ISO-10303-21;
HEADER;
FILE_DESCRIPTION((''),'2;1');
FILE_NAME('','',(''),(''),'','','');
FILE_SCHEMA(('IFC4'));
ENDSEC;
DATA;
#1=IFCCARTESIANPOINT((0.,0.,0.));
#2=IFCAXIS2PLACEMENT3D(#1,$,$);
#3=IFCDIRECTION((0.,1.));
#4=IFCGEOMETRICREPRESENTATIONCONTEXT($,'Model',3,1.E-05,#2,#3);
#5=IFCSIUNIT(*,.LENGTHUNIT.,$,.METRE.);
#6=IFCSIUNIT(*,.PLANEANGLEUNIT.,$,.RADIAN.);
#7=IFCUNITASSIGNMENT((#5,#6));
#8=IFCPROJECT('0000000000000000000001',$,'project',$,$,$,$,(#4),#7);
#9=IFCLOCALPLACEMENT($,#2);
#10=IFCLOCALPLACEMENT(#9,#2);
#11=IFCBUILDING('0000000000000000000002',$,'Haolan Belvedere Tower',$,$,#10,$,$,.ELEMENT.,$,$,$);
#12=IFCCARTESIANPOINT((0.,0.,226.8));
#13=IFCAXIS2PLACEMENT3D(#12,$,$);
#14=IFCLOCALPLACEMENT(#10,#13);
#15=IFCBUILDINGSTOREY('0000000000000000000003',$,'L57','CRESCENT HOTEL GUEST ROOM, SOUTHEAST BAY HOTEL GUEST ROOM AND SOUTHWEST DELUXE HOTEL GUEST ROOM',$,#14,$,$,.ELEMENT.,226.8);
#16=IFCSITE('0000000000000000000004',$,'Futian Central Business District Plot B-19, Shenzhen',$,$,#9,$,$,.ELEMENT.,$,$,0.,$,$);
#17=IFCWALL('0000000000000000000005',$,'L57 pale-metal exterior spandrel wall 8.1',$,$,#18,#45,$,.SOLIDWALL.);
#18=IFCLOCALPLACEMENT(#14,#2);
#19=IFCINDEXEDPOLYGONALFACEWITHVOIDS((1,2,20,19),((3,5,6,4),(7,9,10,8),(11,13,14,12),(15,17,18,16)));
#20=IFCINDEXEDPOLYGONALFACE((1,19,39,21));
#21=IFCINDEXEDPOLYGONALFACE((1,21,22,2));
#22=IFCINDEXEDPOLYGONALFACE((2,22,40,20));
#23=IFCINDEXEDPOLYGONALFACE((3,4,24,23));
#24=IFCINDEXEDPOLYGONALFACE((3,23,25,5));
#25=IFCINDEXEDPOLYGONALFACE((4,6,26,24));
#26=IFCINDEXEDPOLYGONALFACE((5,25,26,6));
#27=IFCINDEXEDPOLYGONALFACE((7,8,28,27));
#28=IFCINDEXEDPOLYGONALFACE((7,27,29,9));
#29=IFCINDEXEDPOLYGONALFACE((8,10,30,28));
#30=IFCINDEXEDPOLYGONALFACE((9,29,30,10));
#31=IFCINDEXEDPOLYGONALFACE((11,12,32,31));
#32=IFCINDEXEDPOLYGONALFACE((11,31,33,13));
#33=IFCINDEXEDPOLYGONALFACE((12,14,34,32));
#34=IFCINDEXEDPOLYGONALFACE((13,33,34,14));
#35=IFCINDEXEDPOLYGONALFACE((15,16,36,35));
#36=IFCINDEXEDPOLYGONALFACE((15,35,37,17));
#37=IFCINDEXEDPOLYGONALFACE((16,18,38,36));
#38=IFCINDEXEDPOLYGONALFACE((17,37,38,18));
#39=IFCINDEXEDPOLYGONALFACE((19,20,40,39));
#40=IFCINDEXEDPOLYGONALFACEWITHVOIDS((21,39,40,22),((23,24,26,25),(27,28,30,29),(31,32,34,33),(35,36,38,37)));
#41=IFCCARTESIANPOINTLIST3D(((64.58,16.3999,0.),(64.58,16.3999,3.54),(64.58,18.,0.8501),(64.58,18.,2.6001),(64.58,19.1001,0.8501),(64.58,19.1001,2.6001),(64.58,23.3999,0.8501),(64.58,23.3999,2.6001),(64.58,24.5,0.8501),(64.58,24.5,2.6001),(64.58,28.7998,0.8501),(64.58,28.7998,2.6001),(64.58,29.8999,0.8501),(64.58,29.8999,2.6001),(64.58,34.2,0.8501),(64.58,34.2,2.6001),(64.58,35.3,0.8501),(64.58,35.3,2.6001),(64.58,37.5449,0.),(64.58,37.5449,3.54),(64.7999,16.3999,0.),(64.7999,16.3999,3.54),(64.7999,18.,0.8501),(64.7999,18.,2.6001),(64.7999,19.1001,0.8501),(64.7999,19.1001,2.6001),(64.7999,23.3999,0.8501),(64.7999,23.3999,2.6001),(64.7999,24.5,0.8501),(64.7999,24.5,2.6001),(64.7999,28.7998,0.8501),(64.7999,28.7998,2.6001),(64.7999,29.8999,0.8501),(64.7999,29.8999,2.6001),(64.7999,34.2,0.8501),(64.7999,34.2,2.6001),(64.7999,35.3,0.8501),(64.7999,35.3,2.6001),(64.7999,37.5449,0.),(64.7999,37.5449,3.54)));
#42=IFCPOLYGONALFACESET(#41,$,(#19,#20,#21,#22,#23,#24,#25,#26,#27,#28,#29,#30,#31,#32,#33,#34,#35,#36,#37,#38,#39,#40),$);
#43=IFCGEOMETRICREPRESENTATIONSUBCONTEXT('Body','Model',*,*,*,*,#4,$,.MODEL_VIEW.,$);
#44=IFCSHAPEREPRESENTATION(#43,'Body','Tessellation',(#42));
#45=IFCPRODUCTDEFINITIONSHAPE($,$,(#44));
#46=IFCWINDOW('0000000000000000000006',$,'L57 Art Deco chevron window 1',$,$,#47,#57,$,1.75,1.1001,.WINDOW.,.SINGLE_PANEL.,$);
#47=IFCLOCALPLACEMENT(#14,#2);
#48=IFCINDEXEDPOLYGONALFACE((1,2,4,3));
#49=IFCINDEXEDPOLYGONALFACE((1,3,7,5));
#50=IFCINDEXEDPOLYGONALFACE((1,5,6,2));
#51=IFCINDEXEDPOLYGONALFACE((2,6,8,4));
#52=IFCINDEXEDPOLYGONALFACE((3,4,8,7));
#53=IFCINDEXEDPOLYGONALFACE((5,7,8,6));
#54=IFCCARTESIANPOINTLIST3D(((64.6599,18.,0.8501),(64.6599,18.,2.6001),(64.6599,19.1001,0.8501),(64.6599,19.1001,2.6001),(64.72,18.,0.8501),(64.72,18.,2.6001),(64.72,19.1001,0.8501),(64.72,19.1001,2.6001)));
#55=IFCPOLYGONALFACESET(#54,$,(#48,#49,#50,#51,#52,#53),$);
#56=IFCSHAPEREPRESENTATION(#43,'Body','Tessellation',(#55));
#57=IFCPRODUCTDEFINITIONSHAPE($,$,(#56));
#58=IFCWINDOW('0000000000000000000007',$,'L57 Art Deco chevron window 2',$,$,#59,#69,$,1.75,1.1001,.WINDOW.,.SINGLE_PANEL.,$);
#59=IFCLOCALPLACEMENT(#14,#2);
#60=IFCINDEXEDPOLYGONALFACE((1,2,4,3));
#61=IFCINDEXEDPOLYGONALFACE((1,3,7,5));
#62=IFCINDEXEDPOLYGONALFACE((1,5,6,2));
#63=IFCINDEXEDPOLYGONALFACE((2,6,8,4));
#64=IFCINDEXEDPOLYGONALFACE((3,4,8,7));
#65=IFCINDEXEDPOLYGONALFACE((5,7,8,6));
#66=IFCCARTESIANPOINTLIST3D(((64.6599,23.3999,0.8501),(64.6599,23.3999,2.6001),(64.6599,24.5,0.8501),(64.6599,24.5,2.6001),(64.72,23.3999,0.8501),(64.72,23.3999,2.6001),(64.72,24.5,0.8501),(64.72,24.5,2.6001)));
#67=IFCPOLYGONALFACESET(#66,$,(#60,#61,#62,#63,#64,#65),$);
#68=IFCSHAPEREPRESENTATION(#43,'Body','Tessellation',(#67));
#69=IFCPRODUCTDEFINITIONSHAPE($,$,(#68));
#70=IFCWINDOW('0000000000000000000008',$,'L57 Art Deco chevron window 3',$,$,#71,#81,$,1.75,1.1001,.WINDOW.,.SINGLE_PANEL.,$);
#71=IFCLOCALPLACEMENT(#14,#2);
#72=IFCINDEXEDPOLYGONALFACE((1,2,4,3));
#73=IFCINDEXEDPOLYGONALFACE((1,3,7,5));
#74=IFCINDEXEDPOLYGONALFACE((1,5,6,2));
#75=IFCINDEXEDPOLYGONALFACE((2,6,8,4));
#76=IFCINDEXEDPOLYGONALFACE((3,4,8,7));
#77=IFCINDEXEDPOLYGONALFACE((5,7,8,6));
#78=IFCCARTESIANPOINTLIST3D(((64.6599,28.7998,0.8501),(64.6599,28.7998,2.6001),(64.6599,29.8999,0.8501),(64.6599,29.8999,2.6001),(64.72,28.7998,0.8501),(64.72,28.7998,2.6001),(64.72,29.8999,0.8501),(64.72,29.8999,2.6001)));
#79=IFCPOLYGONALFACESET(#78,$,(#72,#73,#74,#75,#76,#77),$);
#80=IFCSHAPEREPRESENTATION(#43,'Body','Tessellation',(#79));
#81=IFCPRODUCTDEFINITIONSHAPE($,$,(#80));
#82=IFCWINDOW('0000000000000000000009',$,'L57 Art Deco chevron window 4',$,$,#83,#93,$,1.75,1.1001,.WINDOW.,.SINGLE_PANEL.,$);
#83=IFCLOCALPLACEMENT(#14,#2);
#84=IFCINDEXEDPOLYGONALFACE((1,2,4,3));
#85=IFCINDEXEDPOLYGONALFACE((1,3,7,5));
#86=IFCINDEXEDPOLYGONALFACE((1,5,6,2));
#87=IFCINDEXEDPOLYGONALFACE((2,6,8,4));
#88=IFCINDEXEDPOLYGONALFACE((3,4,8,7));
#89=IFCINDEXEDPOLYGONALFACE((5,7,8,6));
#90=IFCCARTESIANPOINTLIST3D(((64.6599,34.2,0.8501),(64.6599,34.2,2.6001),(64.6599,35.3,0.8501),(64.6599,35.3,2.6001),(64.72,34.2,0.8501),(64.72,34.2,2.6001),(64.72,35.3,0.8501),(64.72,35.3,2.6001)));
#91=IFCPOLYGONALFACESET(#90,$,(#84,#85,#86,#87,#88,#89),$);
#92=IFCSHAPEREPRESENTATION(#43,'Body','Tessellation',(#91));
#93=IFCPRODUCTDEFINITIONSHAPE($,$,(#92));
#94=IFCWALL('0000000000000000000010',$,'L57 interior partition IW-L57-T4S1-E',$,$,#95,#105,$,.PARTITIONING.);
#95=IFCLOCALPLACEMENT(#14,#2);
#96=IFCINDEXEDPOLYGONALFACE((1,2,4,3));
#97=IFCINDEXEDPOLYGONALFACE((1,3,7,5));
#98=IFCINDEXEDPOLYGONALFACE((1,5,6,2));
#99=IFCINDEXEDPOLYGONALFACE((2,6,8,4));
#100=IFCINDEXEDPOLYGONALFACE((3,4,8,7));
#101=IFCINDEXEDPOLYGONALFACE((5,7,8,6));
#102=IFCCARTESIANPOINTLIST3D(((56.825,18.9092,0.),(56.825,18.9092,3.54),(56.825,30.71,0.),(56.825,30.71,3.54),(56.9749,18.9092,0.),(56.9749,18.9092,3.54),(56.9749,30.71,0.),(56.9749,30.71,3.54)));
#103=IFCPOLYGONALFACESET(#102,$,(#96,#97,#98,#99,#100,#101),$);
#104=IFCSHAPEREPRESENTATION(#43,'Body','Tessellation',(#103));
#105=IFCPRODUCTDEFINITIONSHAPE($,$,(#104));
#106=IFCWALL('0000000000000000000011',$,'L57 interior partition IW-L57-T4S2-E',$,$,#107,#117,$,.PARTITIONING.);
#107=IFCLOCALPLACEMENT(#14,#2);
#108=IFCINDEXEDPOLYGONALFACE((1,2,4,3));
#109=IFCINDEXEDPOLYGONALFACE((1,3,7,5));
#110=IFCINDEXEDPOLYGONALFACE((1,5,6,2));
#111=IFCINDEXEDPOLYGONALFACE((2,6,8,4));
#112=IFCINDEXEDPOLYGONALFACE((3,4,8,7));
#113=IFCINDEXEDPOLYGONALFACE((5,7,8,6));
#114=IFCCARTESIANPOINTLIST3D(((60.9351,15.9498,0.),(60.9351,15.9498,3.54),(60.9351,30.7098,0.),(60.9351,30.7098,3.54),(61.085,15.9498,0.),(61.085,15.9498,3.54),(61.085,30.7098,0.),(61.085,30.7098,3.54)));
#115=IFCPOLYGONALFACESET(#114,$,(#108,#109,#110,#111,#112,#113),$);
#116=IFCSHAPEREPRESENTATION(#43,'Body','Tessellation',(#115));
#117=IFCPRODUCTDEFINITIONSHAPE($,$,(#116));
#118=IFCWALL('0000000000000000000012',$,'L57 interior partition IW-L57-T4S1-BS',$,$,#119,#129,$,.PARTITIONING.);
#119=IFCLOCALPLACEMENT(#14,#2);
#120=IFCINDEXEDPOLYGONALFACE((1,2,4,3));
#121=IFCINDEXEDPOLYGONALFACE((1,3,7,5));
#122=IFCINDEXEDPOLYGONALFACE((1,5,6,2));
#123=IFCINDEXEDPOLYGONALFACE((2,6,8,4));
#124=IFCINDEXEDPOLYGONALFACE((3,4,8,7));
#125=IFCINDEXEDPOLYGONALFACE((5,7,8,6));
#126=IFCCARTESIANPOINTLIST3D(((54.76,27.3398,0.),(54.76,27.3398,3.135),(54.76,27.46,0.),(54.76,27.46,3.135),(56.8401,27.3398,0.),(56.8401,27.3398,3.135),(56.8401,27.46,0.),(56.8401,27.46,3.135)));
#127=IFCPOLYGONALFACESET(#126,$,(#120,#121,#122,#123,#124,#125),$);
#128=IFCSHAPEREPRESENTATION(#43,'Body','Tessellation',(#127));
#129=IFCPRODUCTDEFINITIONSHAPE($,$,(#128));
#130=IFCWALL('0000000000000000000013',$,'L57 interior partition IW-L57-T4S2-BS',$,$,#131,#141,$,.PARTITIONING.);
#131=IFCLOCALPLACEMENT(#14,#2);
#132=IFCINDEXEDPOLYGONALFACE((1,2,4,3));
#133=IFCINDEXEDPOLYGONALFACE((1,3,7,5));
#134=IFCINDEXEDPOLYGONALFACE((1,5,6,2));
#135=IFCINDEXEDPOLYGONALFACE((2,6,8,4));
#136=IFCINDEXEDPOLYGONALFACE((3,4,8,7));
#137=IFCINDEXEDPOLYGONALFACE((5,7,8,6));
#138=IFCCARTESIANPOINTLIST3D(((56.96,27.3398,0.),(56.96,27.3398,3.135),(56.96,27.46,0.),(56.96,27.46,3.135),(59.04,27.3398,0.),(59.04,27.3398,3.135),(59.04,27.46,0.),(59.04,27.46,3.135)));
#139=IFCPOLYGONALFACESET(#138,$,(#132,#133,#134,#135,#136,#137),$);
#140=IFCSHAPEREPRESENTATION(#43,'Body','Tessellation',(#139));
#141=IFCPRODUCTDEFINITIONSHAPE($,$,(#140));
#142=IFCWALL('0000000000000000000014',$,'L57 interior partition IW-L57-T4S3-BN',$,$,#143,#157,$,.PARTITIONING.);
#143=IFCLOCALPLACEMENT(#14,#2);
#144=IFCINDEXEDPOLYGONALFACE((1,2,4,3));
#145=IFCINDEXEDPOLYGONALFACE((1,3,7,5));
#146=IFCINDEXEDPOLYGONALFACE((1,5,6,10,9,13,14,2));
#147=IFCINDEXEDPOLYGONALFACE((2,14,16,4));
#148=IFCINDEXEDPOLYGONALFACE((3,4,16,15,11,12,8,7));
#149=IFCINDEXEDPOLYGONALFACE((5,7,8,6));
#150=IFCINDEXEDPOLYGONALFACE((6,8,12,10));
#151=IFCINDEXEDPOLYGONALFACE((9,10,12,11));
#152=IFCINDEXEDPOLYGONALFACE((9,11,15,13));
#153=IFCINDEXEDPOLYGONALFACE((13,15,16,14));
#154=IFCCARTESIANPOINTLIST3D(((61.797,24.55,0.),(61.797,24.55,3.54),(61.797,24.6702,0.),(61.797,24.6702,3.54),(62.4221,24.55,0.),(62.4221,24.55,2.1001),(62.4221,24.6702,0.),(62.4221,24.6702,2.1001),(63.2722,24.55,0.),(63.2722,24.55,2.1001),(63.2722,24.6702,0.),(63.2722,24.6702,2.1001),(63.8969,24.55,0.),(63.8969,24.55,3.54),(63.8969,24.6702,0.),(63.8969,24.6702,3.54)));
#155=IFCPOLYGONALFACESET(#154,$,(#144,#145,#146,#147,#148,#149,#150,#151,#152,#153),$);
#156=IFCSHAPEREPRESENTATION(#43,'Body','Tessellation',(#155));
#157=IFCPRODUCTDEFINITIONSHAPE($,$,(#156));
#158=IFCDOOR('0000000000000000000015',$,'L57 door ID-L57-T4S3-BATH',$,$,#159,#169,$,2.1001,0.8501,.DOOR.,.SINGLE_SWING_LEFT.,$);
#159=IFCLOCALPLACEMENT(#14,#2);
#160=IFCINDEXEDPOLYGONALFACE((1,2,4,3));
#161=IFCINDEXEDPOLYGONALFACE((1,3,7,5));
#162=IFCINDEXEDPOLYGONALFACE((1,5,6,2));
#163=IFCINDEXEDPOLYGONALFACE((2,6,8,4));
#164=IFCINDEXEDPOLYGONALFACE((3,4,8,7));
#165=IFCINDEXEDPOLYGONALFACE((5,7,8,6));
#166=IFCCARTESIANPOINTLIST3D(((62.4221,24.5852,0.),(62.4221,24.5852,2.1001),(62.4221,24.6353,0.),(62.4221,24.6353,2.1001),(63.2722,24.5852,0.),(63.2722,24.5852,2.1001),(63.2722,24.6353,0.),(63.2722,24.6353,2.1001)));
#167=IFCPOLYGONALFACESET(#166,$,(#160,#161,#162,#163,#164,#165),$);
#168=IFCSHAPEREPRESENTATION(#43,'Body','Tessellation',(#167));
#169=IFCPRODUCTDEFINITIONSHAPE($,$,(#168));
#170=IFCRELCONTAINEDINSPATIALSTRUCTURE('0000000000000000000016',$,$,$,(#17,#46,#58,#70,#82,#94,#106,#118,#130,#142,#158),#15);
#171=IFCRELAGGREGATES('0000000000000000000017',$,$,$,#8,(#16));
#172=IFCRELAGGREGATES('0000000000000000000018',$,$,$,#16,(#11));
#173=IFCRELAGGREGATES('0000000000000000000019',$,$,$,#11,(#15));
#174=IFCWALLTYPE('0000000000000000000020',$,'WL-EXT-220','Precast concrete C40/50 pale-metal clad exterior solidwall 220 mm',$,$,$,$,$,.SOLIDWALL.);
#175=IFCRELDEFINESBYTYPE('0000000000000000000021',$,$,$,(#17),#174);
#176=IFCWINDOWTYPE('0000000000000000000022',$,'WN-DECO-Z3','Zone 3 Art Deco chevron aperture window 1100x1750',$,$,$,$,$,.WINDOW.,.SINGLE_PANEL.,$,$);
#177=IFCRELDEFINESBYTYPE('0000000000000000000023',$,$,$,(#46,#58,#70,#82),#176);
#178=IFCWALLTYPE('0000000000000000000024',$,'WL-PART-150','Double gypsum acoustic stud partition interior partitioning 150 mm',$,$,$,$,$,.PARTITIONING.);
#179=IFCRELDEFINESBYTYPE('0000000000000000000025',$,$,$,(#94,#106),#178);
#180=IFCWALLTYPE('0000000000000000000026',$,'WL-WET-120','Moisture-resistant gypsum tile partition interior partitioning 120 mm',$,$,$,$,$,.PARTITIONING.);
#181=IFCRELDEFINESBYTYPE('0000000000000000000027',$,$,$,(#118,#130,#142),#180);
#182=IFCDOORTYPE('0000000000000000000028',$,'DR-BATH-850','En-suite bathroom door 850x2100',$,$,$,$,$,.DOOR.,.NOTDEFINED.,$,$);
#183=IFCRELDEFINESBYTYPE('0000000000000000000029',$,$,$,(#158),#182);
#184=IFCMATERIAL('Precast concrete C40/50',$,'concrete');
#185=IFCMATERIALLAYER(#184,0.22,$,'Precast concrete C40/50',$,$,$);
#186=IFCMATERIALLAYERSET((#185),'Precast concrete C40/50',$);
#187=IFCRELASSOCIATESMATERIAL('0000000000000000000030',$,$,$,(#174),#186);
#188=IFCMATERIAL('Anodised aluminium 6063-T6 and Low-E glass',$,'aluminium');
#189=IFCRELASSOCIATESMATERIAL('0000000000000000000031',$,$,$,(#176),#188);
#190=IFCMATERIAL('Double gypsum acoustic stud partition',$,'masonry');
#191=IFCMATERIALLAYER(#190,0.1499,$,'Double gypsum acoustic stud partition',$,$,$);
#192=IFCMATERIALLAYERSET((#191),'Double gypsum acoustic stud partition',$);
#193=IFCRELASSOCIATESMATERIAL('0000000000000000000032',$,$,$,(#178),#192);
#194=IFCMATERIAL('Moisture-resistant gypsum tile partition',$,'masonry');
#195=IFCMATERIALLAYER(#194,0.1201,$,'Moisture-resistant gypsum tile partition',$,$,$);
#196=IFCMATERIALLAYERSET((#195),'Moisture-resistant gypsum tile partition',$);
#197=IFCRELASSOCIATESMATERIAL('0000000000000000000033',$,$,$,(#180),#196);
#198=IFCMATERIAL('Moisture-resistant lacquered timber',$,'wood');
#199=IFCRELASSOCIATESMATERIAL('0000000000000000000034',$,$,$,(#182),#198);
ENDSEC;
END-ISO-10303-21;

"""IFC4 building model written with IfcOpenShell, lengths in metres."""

from ifc_helpers import new_model, si_unit, direction, frame, frame_2d, origin, place, context, subcontext, project, spatial, rectangle, extrude, material, layer, layer_set, type_object, element, fill, save


model = new_model("IFC4")

# Units and contexts
model_context = context("Model", 3, precision=1e-05, world=origin(), true_north=direction((0.0, 1.0)))
body_context = subcontext(model_context, "Body", "Model", "MODEL_VIEW")
ifc_project = project(units=[si_unit("LENGTHUNIT", "METRE"), si_unit("PLANEANGLEUNIT", "RADIAN")], contexts=[model_context])

# Site, building, storey
site_placement = place(None, origin())
site = spatial("IfcSite", under=ifc_project, at=site_placement, Name="Futian Central Business District Plot B-19, Shenzhen", CompositionType="ELEMENT", RefElevation=0.0)
building_placement = place(site_placement, origin())
building = spatial("IfcBuilding", under=site, at=building_placement, Name="Haolan Belvedere Tower", CompositionType="ELEMENT")
storey_placement = place(building_placement, frame((0.0, 0.0, 226.8)))
storey = spatial("IfcBuildingStorey", under=building, at=storey_placement, Name="L57", Description="CRESCENT HOTEL GUEST ROOM, SOUTHEAST BAY HOTEL GUEST ROOM AND SOUTHWEST DELUXE HOTEL GUEST ROOM", CompositionType="ELEMENT", Elevation=226.8)

# Shared definitions
ifc_material_1 = material(Name="Precast concrete C40/50", Category="concrete")
ifc_layer_1 = layer(ifc_material_1, 0.22, Name="Precast concrete C40/50")
ifc_layer_set_1 = layer_set([ifc_layer_1], Name="Precast concrete C40/50")
wall_type_1 = type_object("IfcWallType", Name="WL-EXT-220", Description="Precast concrete C40/50 pale-metal clad exterior solidwall 220 mm", PredefinedType="SOLIDWALL", material=ifc_layer_set_1)
ifc_material_2 = material(Name="Anodised aluminium 6063-T6 and Low-E glass", Category="aluminium")
window_type = type_object("IfcWindowType", Name="WN-DECO-Z3", Description="Zone 3 Art Deco chevron aperture window 1100x1750", PartitioningType="SINGLE_PANEL", PredefinedType="WINDOW", material=ifc_material_2)

# Wall, openings, windows
wall_1_placement = place(storey_placement, frame((64.6899, 16.3999, 0.0), z_axis=(0.0, 0.0, 1.0), x_axis=(0.0, 1.0, 0.0)))
wall_1 = element("IfcWall", 1, at=wall_1_placement, inside=storey, type_object=wall_type_1, Name="L57 pale-metal exterior spandrel wall 8.1", PredefinedType="SOLIDWALL", context=body_context, shape_type="SweptSolid", body=[
    extrude(rectangle(XDim=21.145, YDim=0.22, at=frame_2d((10.5725, 0.0))), origin(), (0.0, 0.0, 1.0), 3.54),
])
opening_1_placement = place(wall_1_placement, frame((1.6001, 0.0, 0.8501)))
opening_1 = element("IfcOpeningElement", 2, at=opening_1_placement, cuts=wall_1, PredefinedType="OPENING", context=body_context, shape_type="SweptSolid", body=[
    extrude(rectangle(XDim=1.1001, YDim=1.75, at=frame_2d((0.55, 0.875))), frame((0.0, 0.1199, 0.0), z_axis=(0.0, -1.0, 0.0), x_axis=(1.0, 0.0, 0.0)), (0.0, 0.0, 1.0), 0.24),
])
opening_2_placement = place(wall_1_placement, frame((7.0, 0.0, 0.8501)))
opening_2 = element("IfcOpeningElement", 3, at=opening_2_placement, cuts=wall_1, PredefinedType="OPENING", context=body_context, shape_type="SweptSolid", body=[
    extrude(rectangle(XDim=1.1001, YDim=1.75, at=frame_2d((0.55, 0.875))), frame((0.0, 0.1199, 0.0), z_axis=(0.0, -1.0, 0.0), x_axis=(1.0, 0.0, 0.0)), (0.0, 0.0, 1.0), 0.24),
])
opening_3_placement = place(wall_1_placement, frame((12.3999, 0.0, 0.8501)))
opening_3 = element("IfcOpeningElement", 4, at=opening_3_placement, cuts=wall_1, PredefinedType="OPENING", context=body_context, shape_type="SweptSolid", body=[
    extrude(rectangle(XDim=1.1001, YDim=1.75, at=frame_2d((0.55, 0.875))), frame((0.0, 0.1199, 0.0), z_axis=(0.0, -1.0, 0.0), x_axis=(1.0, 0.0, 0.0)), (0.0, 0.0, 1.0), 0.24),
])
opening_4_placement = place(wall_1_placement, frame((17.8, 0.0, 0.8501)))
opening_4 = element("IfcOpeningElement", 5, at=opening_4_placement, cuts=wall_1, PredefinedType="OPENING", context=body_context, shape_type="SweptSolid", body=[
    extrude(rectangle(XDim=1.1001, YDim=1.75, at=frame_2d((0.55, 0.875))), frame((0.0, 0.1199, 0.0), z_axis=(0.0, -1.0, 0.0), x_axis=(1.0, 0.0, 0.0)), (0.0, 0.0, 1.0), 0.24),
])
window_1_placement = place(opening_1_placement, origin())
window_1 = element("IfcWindow", 6, at=window_1_placement, inside=storey, type_object=window_type, Name="L57 Art Deco chevron window 1", OverallHeight=1.75, OverallWidth=1.1001, PartitioningType="SINGLE_PANEL", PredefinedType="WINDOW", context=body_context, shape_type="SweptSolid", body=[
    extrude(rectangle(XDim=1.1001, YDim=1.75, at=frame_2d((0.55, 0.875))), frame((0.0, 0.03, 0.0), z_axis=(0.0, -1.0, 0.0), x_axis=(1.0, 0.0, 0.0)), (0.0, 0.0, 1.0), 0.0601),
])
fill(opening_1, window_1)
window_2_placement = place(opening_2_placement, origin())
window_2 = element("IfcWindow", 7, at=window_2_placement, inside=storey, type_object=window_type, Name="L57 Art Deco chevron window 2", OverallHeight=1.75, OverallWidth=1.1001, PartitioningType="SINGLE_PANEL", PredefinedType="WINDOW", context=body_context, shape_type="SweptSolid", body=[
    extrude(rectangle(XDim=1.1001, YDim=1.75, at=frame_2d((0.55, 0.875))), frame((0.0, 0.03, 0.0), z_axis=(0.0, -1.0, 0.0), x_axis=(1.0, 0.0, 0.0)), (0.0, 0.0, 1.0), 0.0601),
])
fill(opening_2, window_2)
window_3_placement = place(opening_3_placement, origin())
window_3 = element("IfcWindow", 8, at=window_3_placement, inside=storey, type_object=window_type, Name="L57 Art Deco chevron window 3", OverallHeight=1.75, OverallWidth=1.1001, PartitioningType="SINGLE_PANEL", PredefinedType="WINDOW", context=body_context, shape_type="SweptSolid", body=[
    extrude(rectangle(XDim=1.1001, YDim=1.75, at=frame_2d((0.55, 0.875))), frame((0.0, 0.03, 0.0), z_axis=(0.0, -1.0, 0.0), x_axis=(1.0, 0.0, 0.0)), (0.0, 0.0, 1.0), 0.0601),
])
fill(opening_3, window_3)
window_4_placement = place(opening_4_placement, origin())
window_4 = element("IfcWindow", 9, at=window_4_placement, inside=storey, type_object=window_type, Name="L57 Art Deco chevron window 4", OverallHeight=1.75, OverallWidth=1.1001, PartitioningType="SINGLE_PANEL", PredefinedType="WINDOW", context=body_context, shape_type="SweptSolid", body=[
    extrude(rectangle(XDim=1.1001, YDim=1.75, at=frame_2d((0.55, 0.875))), frame((0.0, 0.03, 0.0), z_axis=(0.0, -1.0, 0.0), x_axis=(1.0, 0.0, 0.0)), (0.0, 0.0, 1.0), 0.0601),
])
fill(opening_4, window_4)

# Walls
ifc_material_3 = material(Name="Double gypsum acoustic stud partition", Category="masonry")
ifc_layer_2 = layer(ifc_material_3, 0.1499, Name="Double gypsum acoustic stud partition")
ifc_layer_set_2 = layer_set([ifc_layer_2], Name="Double gypsum acoustic stud partition")
wall_type_2 = type_object("IfcWallType", Name="WL-PART-150", Description="Double gypsum acoustic stud partition interior partitioning 150 mm", PredefinedType="PARTITIONING", material=ifc_layer_set_2)
wall_2_placement = place(storey_placement, frame((56.8999, 18.9092, 0.0), z_axis=(0.0, 0.0, 1.0), x_axis=(0.0, 1.0, 0.0)))
element("IfcWall", 10, at=wall_2_placement, inside=storey, type_object=wall_type_2, Name="L57 interior partition IW-L57-T4S1-E", PredefinedType="PARTITIONING", context=body_context, shape_type="SweptSolid", body=[
    extrude(rectangle(XDim=11.8008, YDim=0.1499, at=frame_2d((5.9004, 0.0))), origin(), (0.0, 0.0, 1.0), 3.54),
])
wall_3_placement = place(storey_placement, frame((61.01, 15.95, 0.0), z_axis=(0.0, 0.0, 1.0), x_axis=(0.0, 1.0, 0.0)))
element("IfcWall", 11, at=wall_3_placement, inside=storey, type_object=wall_type_2, Name="L57 interior partition IW-L57-T4S2-E", PredefinedType="PARTITIONING", context=body_context, shape_type="SweptSolid", body=[
    extrude(rectangle(XDim=14.76, YDim=0.1499, at=frame_2d((7.3799, 0.0))), origin(), (0.0, 0.0, 1.0), 3.54),
])
ifc_material_4 = material(Name="Moisture-resistant gypsum tile partition", Category="masonry")
ifc_layer_3 = layer(ifc_material_4, 0.1201, Name="Moisture-resistant gypsum tile partition")
ifc_layer_set_3 = layer_set([ifc_layer_3], Name="Moisture-resistant gypsum tile partition")
wall_type_3 = type_object("IfcWallType", Name="WL-WET-120", Description="Moisture-resistant gypsum tile partition interior partitioning 120 mm", PredefinedType="PARTITIONING", material=ifc_layer_set_3)
for number, where, z_axis, x_axis, name in (
    (12, (54.76, 27.3999, 0.0), (0.0, 0.0, 1.0), (1.0, 0.0, 0.0), "L57 interior partition IW-L57-T4S1-BS"),
    (13, (56.96, 27.3999, 0.0), (0.0, 0.0, 1.0), (1.0, 0.0, 0.0), "L57 interior partition IW-L57-T4S2-BS"),
):
    element("IfcWall", number, at=place(storey_placement, frame(where, z_axis=z_axis, x_axis=x_axis)), inside=storey, type_object=wall_type_3, Name=name, PredefinedType="PARTITIONING", context=body_context, shape_type="SweptSolid", body=[
        extrude(rectangle(XDim=2.0801, YDim=0.1201, at=frame_2d((1.04, 0.0))), origin(), (0.0, 0.0, 1.0), 3.135),
    ])

# Wall, opening, door
wall_4_placement = place(storey_placement, frame((61.7971, 24.6101, 0.0), z_axis=(0.0, 0.0, 1.0), x_axis=(1.0, 0.0, 0.0)))
wall_4 = element("IfcWall", 14, at=wall_4_placement, inside=storey, type_object=wall_type_3, Name="L57 interior partition IW-L57-T4S3-BN", PredefinedType="PARTITIONING", context=body_context, shape_type="SweptSolid", body=[
    extrude(rectangle(XDim=2.0999, YDim=0.1201, at=frame_2d((1.0498, 0.0))), origin(), (0.0, 0.0, 1.0), 3.54),
])
opening_5_placement = place(wall_4_placement, frame((1.4751, 0.0, 0.0), z_axis=(0.0, 0.0, 1.0), x_axis=(-1.0, 0.0, 0.0)))
opening_5 = element("IfcOpeningElement", 15, at=opening_5_placement, cuts=wall_4, PredefinedType="OPENING", context=body_context, shape_type="SweptSolid", body=[
    extrude(rectangle(XDim=0.8501, YDim=2.1001, at=frame_2d((0.425, 1.05))), frame((0.0, 0.0701, 0.0), z_axis=(0.0, -1.0, 0.0), x_axis=(1.0, 0.0, 0.0)), (0.0, 0.0, 1.0), 0.1401),
])
ifc_material_5 = material(Name="Moisture-resistant lacquered timber", Category="wood")
door_type = type_object("IfcDoorType", Name="DR-BATH-850", Description="En-suite bathroom door 850x2100", OperationType="NOTDEFINED", PredefinedType="DOOR", material=ifc_material_5)
door_placement = place(opening_5_placement, origin())
door = element("IfcDoor", 16, at=door_placement, inside=storey, type_object=door_type, Name="L57 door ID-L57-T4S3-BATH", OperationType="SINGLE_SWING_LEFT", OverallHeight=2.1001, OverallWidth=0.8501, PredefinedType="DOOR", context=body_context, shape_type="SweptSolid", body=[
    extrude(rectangle(XDim=0.8501, YDim=2.1001, at=frame_2d((0.425, 1.05))), frame((0.0, 0.0249, 0.0), z_axis=(0.0, -1.0, 0.0), x_axis=(1.0, 0.0, 0.0)), (0.0, 0.0, 1.0), 0.05),
])
fill(opening_5, door)

save(model, "model.ifc")
